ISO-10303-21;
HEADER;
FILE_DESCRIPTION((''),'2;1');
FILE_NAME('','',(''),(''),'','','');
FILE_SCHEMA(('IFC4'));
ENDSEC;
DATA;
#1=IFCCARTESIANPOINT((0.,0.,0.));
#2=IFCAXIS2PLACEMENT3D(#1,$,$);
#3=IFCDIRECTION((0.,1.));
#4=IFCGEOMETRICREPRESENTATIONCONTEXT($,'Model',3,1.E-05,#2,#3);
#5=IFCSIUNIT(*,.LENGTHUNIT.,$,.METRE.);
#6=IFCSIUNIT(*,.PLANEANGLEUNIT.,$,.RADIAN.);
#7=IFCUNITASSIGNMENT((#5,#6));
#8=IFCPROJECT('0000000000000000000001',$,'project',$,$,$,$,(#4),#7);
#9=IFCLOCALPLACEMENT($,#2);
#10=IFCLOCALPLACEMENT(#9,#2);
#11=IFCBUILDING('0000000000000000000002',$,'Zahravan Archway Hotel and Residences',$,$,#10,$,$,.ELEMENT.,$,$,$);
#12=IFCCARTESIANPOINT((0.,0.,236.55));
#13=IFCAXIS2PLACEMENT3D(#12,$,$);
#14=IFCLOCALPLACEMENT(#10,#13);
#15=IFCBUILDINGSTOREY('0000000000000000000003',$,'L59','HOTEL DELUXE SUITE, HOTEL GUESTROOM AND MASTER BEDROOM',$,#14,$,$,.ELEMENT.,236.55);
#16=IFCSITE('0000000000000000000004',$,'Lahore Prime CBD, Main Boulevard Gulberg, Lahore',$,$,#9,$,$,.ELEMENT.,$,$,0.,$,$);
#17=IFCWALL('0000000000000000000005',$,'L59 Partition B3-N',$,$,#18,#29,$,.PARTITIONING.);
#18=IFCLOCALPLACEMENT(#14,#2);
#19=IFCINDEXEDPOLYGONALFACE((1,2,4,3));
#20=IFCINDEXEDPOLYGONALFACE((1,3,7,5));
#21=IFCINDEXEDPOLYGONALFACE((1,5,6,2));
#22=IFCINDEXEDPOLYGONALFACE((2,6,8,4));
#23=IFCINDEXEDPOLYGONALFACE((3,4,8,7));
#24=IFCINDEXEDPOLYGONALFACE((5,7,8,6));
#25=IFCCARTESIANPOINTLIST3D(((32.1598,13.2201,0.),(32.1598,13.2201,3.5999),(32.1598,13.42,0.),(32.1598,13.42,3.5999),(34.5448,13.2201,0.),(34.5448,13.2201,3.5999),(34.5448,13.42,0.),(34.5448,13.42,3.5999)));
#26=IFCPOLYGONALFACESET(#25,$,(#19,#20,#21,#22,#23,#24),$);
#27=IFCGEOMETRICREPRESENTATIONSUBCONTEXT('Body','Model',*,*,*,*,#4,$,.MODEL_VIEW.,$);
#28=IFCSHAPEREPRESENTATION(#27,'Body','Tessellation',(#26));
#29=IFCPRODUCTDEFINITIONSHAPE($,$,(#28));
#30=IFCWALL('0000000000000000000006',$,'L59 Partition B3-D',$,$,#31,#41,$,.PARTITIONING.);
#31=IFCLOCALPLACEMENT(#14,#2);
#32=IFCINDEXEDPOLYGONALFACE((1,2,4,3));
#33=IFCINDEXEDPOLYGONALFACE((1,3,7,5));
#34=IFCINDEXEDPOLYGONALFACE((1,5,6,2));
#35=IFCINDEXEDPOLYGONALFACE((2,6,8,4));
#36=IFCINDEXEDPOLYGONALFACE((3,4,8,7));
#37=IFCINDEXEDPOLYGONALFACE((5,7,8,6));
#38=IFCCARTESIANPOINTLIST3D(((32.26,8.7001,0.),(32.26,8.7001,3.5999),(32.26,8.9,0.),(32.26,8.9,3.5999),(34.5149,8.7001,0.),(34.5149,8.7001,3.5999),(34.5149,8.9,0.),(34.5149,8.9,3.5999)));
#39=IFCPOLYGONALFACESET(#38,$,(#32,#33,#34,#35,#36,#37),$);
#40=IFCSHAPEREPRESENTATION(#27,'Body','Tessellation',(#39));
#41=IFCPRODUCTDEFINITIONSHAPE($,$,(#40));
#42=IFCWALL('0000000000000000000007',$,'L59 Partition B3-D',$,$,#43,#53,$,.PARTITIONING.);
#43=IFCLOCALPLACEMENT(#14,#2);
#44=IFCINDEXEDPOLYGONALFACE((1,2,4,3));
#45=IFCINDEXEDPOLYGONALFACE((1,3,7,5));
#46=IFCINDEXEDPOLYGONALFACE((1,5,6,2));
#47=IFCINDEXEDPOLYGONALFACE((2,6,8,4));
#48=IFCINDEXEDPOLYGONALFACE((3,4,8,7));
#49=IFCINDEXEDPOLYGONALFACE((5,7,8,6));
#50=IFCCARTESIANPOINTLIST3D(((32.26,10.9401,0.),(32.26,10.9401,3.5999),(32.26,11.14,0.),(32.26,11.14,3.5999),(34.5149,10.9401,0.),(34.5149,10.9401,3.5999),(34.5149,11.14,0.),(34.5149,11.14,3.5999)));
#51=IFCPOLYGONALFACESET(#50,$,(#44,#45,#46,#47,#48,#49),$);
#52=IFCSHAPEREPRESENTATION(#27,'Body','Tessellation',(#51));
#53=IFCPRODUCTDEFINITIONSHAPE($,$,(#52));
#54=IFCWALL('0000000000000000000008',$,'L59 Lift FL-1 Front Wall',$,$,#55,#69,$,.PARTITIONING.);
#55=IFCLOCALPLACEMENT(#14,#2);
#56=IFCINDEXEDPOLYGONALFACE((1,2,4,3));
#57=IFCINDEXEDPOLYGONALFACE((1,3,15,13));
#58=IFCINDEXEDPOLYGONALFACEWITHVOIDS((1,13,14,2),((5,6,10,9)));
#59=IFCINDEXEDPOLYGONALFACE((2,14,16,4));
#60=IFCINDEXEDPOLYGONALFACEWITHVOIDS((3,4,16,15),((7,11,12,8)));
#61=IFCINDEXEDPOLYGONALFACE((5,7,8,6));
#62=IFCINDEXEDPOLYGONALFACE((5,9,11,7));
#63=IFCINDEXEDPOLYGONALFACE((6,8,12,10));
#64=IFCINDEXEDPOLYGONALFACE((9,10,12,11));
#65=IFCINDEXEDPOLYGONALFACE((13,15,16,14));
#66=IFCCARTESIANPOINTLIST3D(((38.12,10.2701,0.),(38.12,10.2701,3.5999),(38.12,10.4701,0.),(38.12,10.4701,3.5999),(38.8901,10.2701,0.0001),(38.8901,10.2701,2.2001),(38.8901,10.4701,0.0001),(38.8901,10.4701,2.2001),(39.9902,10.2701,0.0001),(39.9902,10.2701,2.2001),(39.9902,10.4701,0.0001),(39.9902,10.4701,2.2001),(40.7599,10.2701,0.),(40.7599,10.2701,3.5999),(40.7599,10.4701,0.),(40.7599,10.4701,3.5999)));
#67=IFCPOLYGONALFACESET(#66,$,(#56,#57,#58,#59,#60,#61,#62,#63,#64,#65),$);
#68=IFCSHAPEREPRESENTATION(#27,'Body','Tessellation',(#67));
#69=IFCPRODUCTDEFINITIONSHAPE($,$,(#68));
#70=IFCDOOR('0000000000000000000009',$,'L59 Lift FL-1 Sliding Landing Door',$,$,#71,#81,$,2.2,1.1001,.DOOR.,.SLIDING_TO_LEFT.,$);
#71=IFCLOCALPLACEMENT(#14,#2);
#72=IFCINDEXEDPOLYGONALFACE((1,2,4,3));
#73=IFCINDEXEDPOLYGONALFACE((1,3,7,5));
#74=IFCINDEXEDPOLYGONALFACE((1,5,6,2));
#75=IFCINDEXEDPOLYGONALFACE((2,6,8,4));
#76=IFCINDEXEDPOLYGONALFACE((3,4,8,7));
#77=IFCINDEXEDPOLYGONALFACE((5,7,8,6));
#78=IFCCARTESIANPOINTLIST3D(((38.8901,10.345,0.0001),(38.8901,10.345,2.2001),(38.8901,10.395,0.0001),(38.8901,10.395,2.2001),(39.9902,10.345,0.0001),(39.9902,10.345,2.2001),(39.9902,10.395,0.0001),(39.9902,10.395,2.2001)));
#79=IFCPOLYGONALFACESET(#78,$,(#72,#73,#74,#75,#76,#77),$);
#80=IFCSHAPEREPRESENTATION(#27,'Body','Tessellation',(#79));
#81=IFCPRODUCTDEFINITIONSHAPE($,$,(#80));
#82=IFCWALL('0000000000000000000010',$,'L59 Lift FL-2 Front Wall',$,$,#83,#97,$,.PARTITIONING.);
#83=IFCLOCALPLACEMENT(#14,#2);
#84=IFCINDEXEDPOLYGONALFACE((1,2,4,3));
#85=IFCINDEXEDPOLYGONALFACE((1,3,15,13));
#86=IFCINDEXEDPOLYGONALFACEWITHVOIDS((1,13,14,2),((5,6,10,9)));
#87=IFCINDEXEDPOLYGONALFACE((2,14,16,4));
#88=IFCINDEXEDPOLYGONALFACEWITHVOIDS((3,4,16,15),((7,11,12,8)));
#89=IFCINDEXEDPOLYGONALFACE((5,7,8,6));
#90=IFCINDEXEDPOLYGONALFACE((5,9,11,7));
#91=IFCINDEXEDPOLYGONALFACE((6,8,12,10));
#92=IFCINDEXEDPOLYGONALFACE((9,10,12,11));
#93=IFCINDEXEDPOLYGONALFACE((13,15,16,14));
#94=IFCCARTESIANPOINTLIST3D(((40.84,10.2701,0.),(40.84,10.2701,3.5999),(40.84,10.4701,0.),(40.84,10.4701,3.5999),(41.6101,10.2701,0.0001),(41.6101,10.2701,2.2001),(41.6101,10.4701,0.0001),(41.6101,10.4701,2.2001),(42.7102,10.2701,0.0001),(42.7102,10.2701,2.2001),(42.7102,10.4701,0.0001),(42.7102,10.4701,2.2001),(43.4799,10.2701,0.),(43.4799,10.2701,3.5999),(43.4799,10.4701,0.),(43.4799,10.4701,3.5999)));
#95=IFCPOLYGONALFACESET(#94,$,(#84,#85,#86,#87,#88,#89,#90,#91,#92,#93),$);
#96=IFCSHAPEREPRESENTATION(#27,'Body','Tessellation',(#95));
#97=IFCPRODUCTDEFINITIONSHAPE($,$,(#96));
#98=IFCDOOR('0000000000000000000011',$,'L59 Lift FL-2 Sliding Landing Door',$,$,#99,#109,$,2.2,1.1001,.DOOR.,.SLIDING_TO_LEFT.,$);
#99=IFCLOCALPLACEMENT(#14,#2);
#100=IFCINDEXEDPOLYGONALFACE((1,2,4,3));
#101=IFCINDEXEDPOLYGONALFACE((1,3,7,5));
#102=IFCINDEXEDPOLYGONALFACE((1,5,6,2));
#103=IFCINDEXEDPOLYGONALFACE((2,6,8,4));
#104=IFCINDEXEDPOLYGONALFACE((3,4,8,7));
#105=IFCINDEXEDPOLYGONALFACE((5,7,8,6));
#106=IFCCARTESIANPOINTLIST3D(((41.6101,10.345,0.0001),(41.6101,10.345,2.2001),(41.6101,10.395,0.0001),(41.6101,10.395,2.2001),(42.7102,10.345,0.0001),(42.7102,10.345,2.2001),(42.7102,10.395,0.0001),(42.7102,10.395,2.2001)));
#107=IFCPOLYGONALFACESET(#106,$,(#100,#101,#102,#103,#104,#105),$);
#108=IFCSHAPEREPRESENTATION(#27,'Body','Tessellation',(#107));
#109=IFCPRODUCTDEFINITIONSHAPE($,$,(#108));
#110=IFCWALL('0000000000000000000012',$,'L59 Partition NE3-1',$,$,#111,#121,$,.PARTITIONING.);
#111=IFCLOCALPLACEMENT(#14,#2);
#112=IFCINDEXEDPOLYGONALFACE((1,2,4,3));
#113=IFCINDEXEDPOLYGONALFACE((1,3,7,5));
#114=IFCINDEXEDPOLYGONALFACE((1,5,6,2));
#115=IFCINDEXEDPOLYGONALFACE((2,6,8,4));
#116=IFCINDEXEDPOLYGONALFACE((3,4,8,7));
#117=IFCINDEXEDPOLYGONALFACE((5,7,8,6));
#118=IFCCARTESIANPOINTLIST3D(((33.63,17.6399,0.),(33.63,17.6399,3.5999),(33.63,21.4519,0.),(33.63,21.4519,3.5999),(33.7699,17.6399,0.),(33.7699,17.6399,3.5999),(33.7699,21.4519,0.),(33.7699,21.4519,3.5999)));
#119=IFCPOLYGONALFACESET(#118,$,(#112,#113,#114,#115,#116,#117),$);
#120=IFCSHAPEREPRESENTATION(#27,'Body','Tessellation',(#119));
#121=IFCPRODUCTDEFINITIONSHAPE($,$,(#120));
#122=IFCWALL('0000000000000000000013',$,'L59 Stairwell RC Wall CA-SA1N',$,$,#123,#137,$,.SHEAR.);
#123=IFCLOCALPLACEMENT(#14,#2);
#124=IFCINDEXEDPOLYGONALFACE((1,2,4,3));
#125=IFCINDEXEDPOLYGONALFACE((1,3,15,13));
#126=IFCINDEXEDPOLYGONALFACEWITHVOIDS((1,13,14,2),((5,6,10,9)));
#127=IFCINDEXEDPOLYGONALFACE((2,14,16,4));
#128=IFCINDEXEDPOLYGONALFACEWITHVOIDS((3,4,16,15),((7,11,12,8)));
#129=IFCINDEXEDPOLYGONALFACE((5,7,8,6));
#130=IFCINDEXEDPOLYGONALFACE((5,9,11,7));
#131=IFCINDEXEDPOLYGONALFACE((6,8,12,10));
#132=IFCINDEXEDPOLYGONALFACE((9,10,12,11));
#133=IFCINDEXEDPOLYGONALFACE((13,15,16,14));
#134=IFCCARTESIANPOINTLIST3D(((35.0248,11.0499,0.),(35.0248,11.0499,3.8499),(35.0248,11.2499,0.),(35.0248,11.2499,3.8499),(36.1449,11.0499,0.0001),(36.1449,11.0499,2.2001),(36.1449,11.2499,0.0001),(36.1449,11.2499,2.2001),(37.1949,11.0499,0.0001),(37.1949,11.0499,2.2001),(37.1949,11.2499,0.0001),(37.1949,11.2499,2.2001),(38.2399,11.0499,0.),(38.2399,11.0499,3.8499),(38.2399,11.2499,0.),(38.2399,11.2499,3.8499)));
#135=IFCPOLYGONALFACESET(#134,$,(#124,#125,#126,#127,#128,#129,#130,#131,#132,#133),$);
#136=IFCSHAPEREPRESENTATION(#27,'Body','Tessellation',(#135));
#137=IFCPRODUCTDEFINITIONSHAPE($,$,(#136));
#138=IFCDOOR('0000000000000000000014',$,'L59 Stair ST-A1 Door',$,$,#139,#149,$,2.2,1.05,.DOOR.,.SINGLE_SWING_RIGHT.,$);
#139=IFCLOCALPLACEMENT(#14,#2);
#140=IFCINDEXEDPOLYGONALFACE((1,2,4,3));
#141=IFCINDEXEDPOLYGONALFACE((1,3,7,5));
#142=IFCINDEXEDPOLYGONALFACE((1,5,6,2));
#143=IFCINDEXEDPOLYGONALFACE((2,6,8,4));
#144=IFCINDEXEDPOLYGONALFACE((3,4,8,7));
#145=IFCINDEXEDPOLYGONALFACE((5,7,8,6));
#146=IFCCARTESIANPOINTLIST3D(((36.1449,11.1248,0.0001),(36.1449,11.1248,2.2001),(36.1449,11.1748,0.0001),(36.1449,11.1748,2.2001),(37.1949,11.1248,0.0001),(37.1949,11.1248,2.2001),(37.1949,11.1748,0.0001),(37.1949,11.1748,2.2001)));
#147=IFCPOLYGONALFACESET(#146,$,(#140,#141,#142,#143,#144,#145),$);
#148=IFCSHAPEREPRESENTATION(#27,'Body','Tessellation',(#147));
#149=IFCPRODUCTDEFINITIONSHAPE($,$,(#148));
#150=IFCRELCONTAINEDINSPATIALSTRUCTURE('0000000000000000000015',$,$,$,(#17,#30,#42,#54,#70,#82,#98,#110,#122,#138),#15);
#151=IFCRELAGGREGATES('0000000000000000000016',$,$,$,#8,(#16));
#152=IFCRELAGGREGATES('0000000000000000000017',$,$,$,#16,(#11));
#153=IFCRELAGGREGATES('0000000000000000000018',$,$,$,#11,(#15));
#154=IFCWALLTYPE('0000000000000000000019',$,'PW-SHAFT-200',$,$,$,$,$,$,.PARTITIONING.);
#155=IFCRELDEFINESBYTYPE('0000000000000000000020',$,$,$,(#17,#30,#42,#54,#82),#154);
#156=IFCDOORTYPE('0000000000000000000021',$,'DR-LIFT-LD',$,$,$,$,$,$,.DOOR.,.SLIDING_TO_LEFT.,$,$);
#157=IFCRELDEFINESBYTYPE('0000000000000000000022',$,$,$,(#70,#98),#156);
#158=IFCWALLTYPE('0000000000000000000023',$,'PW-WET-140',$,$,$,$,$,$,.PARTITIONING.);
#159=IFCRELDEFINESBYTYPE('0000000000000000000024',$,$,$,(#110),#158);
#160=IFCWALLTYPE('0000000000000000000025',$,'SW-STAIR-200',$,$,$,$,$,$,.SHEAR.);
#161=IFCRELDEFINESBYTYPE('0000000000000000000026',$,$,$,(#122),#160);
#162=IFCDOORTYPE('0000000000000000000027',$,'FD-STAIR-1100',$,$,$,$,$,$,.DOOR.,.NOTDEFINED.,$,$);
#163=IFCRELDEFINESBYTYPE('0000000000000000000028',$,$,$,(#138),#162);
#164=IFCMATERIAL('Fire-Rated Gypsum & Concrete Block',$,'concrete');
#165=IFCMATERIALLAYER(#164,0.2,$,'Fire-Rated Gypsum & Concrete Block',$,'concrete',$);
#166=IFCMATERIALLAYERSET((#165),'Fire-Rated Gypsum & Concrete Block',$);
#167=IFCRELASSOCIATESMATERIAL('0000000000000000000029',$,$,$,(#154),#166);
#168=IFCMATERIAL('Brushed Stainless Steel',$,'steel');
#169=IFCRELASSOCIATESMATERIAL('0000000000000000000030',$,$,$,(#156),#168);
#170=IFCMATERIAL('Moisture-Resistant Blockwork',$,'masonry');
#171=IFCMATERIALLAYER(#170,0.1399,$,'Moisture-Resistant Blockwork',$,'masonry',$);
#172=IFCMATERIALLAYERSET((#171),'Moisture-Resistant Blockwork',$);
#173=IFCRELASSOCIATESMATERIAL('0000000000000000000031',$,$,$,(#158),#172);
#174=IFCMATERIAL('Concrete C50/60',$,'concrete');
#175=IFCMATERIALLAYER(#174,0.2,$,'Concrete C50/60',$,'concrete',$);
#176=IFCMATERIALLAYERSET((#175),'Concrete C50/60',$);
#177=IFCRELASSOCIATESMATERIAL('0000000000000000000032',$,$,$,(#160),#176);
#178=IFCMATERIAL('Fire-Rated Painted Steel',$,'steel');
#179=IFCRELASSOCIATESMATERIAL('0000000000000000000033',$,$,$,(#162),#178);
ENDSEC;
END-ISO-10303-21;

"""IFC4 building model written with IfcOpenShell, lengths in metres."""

from ifc_helpers import new_model, si_unit, direction, frame, frame_2d, origin, place, context, subcontext, project, spatial, rectangle, extrude, source, transform, mapped, material, layer, layer_set, type_object, type_shapes, element, fill, save


model = new_model("IFC4")

# Units and contexts
model_context = context("Model", 3, precision=1e-05, world=origin(), true_north=direction((0.0, 1.0)))
body_context = subcontext(model_context, "Body", "Model", "MODEL_VIEW")
ifc_project = project(units=[si_unit("LENGTHUNIT", "METRE"), si_unit("PLANEANGLEUNIT", "RADIAN")], contexts=[model_context])

# Site, building, storey
site_placement = place(None, origin())
site = spatial("IfcSite", under=ifc_project, at=site_placement, Name="Lahore Prime CBD, Main Boulevard Gulberg, Lahore", CompositionType="ELEMENT", RefElevation=0.0)
building_placement = place(site_placement, origin())
building = spatial("IfcBuilding", under=site, at=building_placement, Name="Zahravan Archway Hotel and Residences", CompositionType="ELEMENT")
storey_placement = place(building_placement, frame((0.0, 0.0, 236.55)))
storey = spatial("IfcBuildingStorey", under=building, at=storey_placement, Name="L59", Description="HOTEL DELUXE SUITE, HOTEL GUESTROOM AND MASTER BEDROOM", CompositionType="ELEMENT", Elevation=236.55)

# Shared definitions
ifc_material_1 = material(Name="Concrete C50/60", Category="concrete")
ifc_material_2 = material(Name="Fire-Rated Painted Steel", Category="steel")

# Shared definitions
ifc_material_3 = material(Name="Fire-Rated Gypsum & Concrete Block", Category="concrete")

# Walls
ifc_layer_1 = layer(ifc_material_3, 0.2, Name="Fire-Rated Gypsum & Concrete Block", Category="concrete")
ifc_layer_set_1 = layer_set([ifc_layer_1], Name="Fire-Rated Gypsum & Concrete Block")
wall_type_1 = type_object("IfcWallType", Name="PW-SHAFT-200", PredefinedType="PARTITIONING", material=ifc_layer_set_1)
wall_1_placement = place(storey_placement, frame((32.1599, 13.3201, 0.0), z_axis=(0.0, 0.0, 1.0), x_axis=(1.0, 0.0, 0.0)))
element("IfcWall", 1, at=wall_1_placement, inside=storey, type_object=wall_type_1, Name="L59 Partition B3-N", PredefinedType="PARTITIONING", context=body_context, shape_type="SweptSolid", body=[
    extrude(rectangle(XDim=2.385, YDim=0.2, at=frame_2d((1.1924, 0.0))), origin(), (0.0, 0.0, 1.0), 3.5999),
])
for number, where, z_axis, x_axis, name in (
    (2, (32.26, 8.8, 0.0), (0.0, 0.0, 1.0), (1.0, 0.0, 0.0), "L59 Partition B3-D"),
    (3, (32.26, 11.04, 0.0), (0.0, 0.0, 1.0), (1.0, 0.0, 0.0), "L59 Partition B3-D"),
):
    element("IfcWall", number, at=place(storey_placement, frame(where, z_axis=z_axis, x_axis=x_axis)), inside=storey, type_object=wall_type_1, Name=name, PredefinedType="PARTITIONING", context=body_context, shape_type="SweptSolid", body=[
        extrude(rectangle(XDim=2.2549, YDim=0.2, at=frame_2d((1.1274, 0.0))), origin(), (0.0, 0.0, 1.0), 3.5999),
    ])

# Walls, openings, doors
wall_2_placement = place(storey_placement, frame((38.1201, 10.3701, 0.0), z_axis=(0.0, 0.0, 1.0), x_axis=(1.0, 0.0, 0.0)))
wall_2 = element("IfcWall", 4, at=wall_2_placement, inside=storey, type_object=wall_type_1, Name="L59 Lift FL-1 Front Wall", PredefinedType="PARTITIONING", context=body_context, shape_type="SweptSolid", body=[
    extrude(rectangle(XDim=2.6399, YDim=0.2, at=frame_2d((1.3198, 0.0))), origin(), (0.0, 0.0, 1.0), 3.5999),
])
opening_1_placement = place(wall_2_placement, frame((0.77, 0.0, 0.0)))
opening_1 = element("IfcOpeningElement", 5, at=opening_1_placement, cuts=wall_2, PredefinedType="OPENING", context=body_context, shape_type="SweptSolid", body=[
    extrude(rectangle(XDim=1.1001, YDim=2.2, at=frame_2d((0.55, 1.1001))), frame((0.0, 0.1099, 0.0), z_axis=(0.0, -1.0, 0.0), x_axis=(1.0, 0.0, 0.0)), (0.0, 0.0, 1.0), 0.22),
])
ifc_material_4 = material(Name="Brushed Stainless Steel", Category="steel")
door_type_1 = type_object("IfcDoorType", Name="DR-LIFT-LD", OperationType="SLIDING_TO_LEFT", PredefinedType="DOOR", material=ifc_material_4)
shared_shape_1 = source(origin(), body_context, "Body", "SweptSolid", [
    extrude(rectangle(XDim=1.1001, YDim=2.2, at=frame_2d((0.55, 1.1001))), frame((0.0, 0.0249, 0.0), z_axis=(0.0, -1.0, 0.0), x_axis=(1.0, 0.0, 0.0)), (0.0, 0.0, 1.0), 0.05),
])
type_shapes(door_type_1, [shared_shape_1])
door_1_placement = place(opening_1_placement, origin())
door_1 = element("IfcDoor", 6, at=door_1_placement, inside=storey, type_object=door_type_1, Name="L59 Lift FL-1 Sliding Landing Door", OperationType="SLIDING_TO_LEFT", OverallHeight=2.2, OverallWidth=1.1001, PredefinedType="DOOR", context=body_context, shape_type="MappedRepresentation", body=[
    mapped(shared_shape_1, transform((0.0, 0.0, 0.0), scale=1.0)),
])
fill(opening_1, door_1)
wall_3_placement = place(storey_placement, frame((40.8401, 10.3701, 0.0), z_axis=(0.0, 0.0, 1.0), x_axis=(1.0, 0.0, 0.0)))
wall_3 = element("IfcWall", 7, at=wall_3_placement, inside=storey, type_object=wall_type_1, Name="L59 Lift FL-2 Front Wall", PredefinedType="PARTITIONING", context=body_context, shape_type="SweptSolid", body=[
    extrude(rectangle(XDim=2.6399, YDim=0.2, at=frame_2d((1.3198, 0.0))), origin(), (0.0, 0.0, 1.0), 3.5999),
])
opening_2_placement = place(wall_3_placement, frame((0.77, 0.0, 0.0)))
opening_2 = element("IfcOpeningElement", 8, at=opening_2_placement, cuts=wall_3, PredefinedType="OPENING", context=body_context, shape_type="SweptSolid", body=[
    extrude(rectangle(XDim=1.1001, YDim=2.2, at=frame_2d((0.55, 1.1001))), frame((0.0, 0.1099, 0.0), z_axis=(0.0, -1.0, 0.0), x_axis=(1.0, 0.0, 0.0)), (0.0, 0.0, 1.0), 0.22),
])
door_2_placement = place(opening_2_placement, origin())
door_2 = element("IfcDoor", 9, at=door_2_placement, inside=storey, type_object=door_type_1, Name="L59 Lift FL-2 Sliding Landing Door", OperationType="SLIDING_TO_LEFT", OverallHeight=2.2, OverallWidth=1.1001, PredefinedType="DOOR", context=body_context, shape_type="MappedRepresentation", body=[
    mapped(shared_shape_1, transform((0.0, 0.0, 0.0), scale=1.0)),
])
fill(opening_2, door_2)

# Wall
ifc_material_5 = material(Name="Moisture-Resistant Blockwork", Category="masonry")
ifc_layer_2 = layer(ifc_material_5, 0.1399, Name="Moisture-Resistant Blockwork", Category="masonry")
ifc_layer_set_2 = layer_set([ifc_layer_2], Name="Moisture-Resistant Blockwork")
wall_type_2 = type_object("IfcWallType", Name="PW-WET-140", PredefinedType="PARTITIONING", material=ifc_layer_set_2)
wall_4_placement = place(storey_placement, frame((33.7, 17.6399, 0.0), z_axis=(0.0, 0.0, 1.0), x_axis=(0.0, 1.0, 0.0)))
element("IfcWall", 10, at=wall_4_placement, inside=storey, type_object=wall_type_2, Name="L59 Partition NE3-1", PredefinedType="PARTITIONING", context=body_context, shape_type="SweptSolid", body=[
    extrude(rectangle(XDim=3.812, YDim=0.1399, at=frame_2d((1.906, 0.0))), origin(), (0.0, 0.0, 1.0), 3.5999),
])

# Wall, opening, door
ifc_layer_3 = layer(ifc_material_1, 0.2, Name="Concrete C50/60", Category="concrete")
ifc_layer_set_3 = layer_set([ifc_layer_3], Name="Concrete C50/60")
wall_type_3 = type_object("IfcWallType", Name="SW-STAIR-200", PredefinedType="SHEAR", material=ifc_layer_set_3)
wall_5_placement = place(storey_placement, frame((35.0249, 11.1499, 0.0), z_axis=(0.0, 0.0, 1.0), x_axis=(1.0, 0.0, 0.0)))
wall_5 = element("IfcWall", 11, at=wall_5_placement, inside=storey, type_object=wall_type_3, Name="L59 Stairwell RC Wall CA-SA1N", PredefinedType="SHEAR", context=body_context, shape_type="SweptSolid", body=[
    extrude(rectangle(XDim=3.2151, YDim=0.2, at=frame_2d((1.6074, 0.0))), origin(), (0.0, 0.0, 1.0), 3.8499),
])
opening_3_placement = place(wall_5_placement, frame((1.1201, 0.0, 0.0)))
opening_3 = element("IfcOpeningElement", 12, at=opening_3_placement, cuts=wall_5, PredefinedType="OPENING", context=body_context, shape_type="SweptSolid", body=[
    extrude(rectangle(XDim=1.05, YDim=2.2, at=frame_2d((0.5249, 1.1001))), frame((0.0, 0.1099, 0.0), z_axis=(0.0, -1.0, 0.0), x_axis=(1.0, 0.0, 0.0)), (0.0, 0.0, 1.0), 0.22),
])
door_type_2 = type_object("IfcDoorType", Name="FD-STAIR-1100", OperationType="NOTDEFINED", PredefinedType="DOOR", material=ifc_material_2)
shared_shape_2 = source(origin(), body_context, "Body", "SweptSolid", [
    extrude(rectangle(XDim=1.05, YDim=2.2, at=frame_2d((0.5249, 1.1001))), frame((0.0, 0.0249, 0.0), z_axis=(0.0, -1.0, 0.0), x_axis=(1.0, 0.0, 0.0)), (0.0, 0.0, 1.0), 0.05),
])
type_shapes(door_type_2, [shared_shape_2])
door_3_placement = place(opening_3_placement, origin())
door_3 = element("IfcDoor", 13, at=door_3_placement, inside=storey, type_object=door_type_2, Name="L59 Stair ST-A1 Door", OperationType="SINGLE_SWING_RIGHT", OverallHeight=2.2, OverallWidth=1.05, PredefinedType="DOOR", context=body_context, shape_type="MappedRepresentation", body=[
    mapped(shared_shape_2, transform((0.0, 0.0, 0.0), scale=1.0)),
])
fill(opening_3, door_3)

save(model, "model.ifc")
